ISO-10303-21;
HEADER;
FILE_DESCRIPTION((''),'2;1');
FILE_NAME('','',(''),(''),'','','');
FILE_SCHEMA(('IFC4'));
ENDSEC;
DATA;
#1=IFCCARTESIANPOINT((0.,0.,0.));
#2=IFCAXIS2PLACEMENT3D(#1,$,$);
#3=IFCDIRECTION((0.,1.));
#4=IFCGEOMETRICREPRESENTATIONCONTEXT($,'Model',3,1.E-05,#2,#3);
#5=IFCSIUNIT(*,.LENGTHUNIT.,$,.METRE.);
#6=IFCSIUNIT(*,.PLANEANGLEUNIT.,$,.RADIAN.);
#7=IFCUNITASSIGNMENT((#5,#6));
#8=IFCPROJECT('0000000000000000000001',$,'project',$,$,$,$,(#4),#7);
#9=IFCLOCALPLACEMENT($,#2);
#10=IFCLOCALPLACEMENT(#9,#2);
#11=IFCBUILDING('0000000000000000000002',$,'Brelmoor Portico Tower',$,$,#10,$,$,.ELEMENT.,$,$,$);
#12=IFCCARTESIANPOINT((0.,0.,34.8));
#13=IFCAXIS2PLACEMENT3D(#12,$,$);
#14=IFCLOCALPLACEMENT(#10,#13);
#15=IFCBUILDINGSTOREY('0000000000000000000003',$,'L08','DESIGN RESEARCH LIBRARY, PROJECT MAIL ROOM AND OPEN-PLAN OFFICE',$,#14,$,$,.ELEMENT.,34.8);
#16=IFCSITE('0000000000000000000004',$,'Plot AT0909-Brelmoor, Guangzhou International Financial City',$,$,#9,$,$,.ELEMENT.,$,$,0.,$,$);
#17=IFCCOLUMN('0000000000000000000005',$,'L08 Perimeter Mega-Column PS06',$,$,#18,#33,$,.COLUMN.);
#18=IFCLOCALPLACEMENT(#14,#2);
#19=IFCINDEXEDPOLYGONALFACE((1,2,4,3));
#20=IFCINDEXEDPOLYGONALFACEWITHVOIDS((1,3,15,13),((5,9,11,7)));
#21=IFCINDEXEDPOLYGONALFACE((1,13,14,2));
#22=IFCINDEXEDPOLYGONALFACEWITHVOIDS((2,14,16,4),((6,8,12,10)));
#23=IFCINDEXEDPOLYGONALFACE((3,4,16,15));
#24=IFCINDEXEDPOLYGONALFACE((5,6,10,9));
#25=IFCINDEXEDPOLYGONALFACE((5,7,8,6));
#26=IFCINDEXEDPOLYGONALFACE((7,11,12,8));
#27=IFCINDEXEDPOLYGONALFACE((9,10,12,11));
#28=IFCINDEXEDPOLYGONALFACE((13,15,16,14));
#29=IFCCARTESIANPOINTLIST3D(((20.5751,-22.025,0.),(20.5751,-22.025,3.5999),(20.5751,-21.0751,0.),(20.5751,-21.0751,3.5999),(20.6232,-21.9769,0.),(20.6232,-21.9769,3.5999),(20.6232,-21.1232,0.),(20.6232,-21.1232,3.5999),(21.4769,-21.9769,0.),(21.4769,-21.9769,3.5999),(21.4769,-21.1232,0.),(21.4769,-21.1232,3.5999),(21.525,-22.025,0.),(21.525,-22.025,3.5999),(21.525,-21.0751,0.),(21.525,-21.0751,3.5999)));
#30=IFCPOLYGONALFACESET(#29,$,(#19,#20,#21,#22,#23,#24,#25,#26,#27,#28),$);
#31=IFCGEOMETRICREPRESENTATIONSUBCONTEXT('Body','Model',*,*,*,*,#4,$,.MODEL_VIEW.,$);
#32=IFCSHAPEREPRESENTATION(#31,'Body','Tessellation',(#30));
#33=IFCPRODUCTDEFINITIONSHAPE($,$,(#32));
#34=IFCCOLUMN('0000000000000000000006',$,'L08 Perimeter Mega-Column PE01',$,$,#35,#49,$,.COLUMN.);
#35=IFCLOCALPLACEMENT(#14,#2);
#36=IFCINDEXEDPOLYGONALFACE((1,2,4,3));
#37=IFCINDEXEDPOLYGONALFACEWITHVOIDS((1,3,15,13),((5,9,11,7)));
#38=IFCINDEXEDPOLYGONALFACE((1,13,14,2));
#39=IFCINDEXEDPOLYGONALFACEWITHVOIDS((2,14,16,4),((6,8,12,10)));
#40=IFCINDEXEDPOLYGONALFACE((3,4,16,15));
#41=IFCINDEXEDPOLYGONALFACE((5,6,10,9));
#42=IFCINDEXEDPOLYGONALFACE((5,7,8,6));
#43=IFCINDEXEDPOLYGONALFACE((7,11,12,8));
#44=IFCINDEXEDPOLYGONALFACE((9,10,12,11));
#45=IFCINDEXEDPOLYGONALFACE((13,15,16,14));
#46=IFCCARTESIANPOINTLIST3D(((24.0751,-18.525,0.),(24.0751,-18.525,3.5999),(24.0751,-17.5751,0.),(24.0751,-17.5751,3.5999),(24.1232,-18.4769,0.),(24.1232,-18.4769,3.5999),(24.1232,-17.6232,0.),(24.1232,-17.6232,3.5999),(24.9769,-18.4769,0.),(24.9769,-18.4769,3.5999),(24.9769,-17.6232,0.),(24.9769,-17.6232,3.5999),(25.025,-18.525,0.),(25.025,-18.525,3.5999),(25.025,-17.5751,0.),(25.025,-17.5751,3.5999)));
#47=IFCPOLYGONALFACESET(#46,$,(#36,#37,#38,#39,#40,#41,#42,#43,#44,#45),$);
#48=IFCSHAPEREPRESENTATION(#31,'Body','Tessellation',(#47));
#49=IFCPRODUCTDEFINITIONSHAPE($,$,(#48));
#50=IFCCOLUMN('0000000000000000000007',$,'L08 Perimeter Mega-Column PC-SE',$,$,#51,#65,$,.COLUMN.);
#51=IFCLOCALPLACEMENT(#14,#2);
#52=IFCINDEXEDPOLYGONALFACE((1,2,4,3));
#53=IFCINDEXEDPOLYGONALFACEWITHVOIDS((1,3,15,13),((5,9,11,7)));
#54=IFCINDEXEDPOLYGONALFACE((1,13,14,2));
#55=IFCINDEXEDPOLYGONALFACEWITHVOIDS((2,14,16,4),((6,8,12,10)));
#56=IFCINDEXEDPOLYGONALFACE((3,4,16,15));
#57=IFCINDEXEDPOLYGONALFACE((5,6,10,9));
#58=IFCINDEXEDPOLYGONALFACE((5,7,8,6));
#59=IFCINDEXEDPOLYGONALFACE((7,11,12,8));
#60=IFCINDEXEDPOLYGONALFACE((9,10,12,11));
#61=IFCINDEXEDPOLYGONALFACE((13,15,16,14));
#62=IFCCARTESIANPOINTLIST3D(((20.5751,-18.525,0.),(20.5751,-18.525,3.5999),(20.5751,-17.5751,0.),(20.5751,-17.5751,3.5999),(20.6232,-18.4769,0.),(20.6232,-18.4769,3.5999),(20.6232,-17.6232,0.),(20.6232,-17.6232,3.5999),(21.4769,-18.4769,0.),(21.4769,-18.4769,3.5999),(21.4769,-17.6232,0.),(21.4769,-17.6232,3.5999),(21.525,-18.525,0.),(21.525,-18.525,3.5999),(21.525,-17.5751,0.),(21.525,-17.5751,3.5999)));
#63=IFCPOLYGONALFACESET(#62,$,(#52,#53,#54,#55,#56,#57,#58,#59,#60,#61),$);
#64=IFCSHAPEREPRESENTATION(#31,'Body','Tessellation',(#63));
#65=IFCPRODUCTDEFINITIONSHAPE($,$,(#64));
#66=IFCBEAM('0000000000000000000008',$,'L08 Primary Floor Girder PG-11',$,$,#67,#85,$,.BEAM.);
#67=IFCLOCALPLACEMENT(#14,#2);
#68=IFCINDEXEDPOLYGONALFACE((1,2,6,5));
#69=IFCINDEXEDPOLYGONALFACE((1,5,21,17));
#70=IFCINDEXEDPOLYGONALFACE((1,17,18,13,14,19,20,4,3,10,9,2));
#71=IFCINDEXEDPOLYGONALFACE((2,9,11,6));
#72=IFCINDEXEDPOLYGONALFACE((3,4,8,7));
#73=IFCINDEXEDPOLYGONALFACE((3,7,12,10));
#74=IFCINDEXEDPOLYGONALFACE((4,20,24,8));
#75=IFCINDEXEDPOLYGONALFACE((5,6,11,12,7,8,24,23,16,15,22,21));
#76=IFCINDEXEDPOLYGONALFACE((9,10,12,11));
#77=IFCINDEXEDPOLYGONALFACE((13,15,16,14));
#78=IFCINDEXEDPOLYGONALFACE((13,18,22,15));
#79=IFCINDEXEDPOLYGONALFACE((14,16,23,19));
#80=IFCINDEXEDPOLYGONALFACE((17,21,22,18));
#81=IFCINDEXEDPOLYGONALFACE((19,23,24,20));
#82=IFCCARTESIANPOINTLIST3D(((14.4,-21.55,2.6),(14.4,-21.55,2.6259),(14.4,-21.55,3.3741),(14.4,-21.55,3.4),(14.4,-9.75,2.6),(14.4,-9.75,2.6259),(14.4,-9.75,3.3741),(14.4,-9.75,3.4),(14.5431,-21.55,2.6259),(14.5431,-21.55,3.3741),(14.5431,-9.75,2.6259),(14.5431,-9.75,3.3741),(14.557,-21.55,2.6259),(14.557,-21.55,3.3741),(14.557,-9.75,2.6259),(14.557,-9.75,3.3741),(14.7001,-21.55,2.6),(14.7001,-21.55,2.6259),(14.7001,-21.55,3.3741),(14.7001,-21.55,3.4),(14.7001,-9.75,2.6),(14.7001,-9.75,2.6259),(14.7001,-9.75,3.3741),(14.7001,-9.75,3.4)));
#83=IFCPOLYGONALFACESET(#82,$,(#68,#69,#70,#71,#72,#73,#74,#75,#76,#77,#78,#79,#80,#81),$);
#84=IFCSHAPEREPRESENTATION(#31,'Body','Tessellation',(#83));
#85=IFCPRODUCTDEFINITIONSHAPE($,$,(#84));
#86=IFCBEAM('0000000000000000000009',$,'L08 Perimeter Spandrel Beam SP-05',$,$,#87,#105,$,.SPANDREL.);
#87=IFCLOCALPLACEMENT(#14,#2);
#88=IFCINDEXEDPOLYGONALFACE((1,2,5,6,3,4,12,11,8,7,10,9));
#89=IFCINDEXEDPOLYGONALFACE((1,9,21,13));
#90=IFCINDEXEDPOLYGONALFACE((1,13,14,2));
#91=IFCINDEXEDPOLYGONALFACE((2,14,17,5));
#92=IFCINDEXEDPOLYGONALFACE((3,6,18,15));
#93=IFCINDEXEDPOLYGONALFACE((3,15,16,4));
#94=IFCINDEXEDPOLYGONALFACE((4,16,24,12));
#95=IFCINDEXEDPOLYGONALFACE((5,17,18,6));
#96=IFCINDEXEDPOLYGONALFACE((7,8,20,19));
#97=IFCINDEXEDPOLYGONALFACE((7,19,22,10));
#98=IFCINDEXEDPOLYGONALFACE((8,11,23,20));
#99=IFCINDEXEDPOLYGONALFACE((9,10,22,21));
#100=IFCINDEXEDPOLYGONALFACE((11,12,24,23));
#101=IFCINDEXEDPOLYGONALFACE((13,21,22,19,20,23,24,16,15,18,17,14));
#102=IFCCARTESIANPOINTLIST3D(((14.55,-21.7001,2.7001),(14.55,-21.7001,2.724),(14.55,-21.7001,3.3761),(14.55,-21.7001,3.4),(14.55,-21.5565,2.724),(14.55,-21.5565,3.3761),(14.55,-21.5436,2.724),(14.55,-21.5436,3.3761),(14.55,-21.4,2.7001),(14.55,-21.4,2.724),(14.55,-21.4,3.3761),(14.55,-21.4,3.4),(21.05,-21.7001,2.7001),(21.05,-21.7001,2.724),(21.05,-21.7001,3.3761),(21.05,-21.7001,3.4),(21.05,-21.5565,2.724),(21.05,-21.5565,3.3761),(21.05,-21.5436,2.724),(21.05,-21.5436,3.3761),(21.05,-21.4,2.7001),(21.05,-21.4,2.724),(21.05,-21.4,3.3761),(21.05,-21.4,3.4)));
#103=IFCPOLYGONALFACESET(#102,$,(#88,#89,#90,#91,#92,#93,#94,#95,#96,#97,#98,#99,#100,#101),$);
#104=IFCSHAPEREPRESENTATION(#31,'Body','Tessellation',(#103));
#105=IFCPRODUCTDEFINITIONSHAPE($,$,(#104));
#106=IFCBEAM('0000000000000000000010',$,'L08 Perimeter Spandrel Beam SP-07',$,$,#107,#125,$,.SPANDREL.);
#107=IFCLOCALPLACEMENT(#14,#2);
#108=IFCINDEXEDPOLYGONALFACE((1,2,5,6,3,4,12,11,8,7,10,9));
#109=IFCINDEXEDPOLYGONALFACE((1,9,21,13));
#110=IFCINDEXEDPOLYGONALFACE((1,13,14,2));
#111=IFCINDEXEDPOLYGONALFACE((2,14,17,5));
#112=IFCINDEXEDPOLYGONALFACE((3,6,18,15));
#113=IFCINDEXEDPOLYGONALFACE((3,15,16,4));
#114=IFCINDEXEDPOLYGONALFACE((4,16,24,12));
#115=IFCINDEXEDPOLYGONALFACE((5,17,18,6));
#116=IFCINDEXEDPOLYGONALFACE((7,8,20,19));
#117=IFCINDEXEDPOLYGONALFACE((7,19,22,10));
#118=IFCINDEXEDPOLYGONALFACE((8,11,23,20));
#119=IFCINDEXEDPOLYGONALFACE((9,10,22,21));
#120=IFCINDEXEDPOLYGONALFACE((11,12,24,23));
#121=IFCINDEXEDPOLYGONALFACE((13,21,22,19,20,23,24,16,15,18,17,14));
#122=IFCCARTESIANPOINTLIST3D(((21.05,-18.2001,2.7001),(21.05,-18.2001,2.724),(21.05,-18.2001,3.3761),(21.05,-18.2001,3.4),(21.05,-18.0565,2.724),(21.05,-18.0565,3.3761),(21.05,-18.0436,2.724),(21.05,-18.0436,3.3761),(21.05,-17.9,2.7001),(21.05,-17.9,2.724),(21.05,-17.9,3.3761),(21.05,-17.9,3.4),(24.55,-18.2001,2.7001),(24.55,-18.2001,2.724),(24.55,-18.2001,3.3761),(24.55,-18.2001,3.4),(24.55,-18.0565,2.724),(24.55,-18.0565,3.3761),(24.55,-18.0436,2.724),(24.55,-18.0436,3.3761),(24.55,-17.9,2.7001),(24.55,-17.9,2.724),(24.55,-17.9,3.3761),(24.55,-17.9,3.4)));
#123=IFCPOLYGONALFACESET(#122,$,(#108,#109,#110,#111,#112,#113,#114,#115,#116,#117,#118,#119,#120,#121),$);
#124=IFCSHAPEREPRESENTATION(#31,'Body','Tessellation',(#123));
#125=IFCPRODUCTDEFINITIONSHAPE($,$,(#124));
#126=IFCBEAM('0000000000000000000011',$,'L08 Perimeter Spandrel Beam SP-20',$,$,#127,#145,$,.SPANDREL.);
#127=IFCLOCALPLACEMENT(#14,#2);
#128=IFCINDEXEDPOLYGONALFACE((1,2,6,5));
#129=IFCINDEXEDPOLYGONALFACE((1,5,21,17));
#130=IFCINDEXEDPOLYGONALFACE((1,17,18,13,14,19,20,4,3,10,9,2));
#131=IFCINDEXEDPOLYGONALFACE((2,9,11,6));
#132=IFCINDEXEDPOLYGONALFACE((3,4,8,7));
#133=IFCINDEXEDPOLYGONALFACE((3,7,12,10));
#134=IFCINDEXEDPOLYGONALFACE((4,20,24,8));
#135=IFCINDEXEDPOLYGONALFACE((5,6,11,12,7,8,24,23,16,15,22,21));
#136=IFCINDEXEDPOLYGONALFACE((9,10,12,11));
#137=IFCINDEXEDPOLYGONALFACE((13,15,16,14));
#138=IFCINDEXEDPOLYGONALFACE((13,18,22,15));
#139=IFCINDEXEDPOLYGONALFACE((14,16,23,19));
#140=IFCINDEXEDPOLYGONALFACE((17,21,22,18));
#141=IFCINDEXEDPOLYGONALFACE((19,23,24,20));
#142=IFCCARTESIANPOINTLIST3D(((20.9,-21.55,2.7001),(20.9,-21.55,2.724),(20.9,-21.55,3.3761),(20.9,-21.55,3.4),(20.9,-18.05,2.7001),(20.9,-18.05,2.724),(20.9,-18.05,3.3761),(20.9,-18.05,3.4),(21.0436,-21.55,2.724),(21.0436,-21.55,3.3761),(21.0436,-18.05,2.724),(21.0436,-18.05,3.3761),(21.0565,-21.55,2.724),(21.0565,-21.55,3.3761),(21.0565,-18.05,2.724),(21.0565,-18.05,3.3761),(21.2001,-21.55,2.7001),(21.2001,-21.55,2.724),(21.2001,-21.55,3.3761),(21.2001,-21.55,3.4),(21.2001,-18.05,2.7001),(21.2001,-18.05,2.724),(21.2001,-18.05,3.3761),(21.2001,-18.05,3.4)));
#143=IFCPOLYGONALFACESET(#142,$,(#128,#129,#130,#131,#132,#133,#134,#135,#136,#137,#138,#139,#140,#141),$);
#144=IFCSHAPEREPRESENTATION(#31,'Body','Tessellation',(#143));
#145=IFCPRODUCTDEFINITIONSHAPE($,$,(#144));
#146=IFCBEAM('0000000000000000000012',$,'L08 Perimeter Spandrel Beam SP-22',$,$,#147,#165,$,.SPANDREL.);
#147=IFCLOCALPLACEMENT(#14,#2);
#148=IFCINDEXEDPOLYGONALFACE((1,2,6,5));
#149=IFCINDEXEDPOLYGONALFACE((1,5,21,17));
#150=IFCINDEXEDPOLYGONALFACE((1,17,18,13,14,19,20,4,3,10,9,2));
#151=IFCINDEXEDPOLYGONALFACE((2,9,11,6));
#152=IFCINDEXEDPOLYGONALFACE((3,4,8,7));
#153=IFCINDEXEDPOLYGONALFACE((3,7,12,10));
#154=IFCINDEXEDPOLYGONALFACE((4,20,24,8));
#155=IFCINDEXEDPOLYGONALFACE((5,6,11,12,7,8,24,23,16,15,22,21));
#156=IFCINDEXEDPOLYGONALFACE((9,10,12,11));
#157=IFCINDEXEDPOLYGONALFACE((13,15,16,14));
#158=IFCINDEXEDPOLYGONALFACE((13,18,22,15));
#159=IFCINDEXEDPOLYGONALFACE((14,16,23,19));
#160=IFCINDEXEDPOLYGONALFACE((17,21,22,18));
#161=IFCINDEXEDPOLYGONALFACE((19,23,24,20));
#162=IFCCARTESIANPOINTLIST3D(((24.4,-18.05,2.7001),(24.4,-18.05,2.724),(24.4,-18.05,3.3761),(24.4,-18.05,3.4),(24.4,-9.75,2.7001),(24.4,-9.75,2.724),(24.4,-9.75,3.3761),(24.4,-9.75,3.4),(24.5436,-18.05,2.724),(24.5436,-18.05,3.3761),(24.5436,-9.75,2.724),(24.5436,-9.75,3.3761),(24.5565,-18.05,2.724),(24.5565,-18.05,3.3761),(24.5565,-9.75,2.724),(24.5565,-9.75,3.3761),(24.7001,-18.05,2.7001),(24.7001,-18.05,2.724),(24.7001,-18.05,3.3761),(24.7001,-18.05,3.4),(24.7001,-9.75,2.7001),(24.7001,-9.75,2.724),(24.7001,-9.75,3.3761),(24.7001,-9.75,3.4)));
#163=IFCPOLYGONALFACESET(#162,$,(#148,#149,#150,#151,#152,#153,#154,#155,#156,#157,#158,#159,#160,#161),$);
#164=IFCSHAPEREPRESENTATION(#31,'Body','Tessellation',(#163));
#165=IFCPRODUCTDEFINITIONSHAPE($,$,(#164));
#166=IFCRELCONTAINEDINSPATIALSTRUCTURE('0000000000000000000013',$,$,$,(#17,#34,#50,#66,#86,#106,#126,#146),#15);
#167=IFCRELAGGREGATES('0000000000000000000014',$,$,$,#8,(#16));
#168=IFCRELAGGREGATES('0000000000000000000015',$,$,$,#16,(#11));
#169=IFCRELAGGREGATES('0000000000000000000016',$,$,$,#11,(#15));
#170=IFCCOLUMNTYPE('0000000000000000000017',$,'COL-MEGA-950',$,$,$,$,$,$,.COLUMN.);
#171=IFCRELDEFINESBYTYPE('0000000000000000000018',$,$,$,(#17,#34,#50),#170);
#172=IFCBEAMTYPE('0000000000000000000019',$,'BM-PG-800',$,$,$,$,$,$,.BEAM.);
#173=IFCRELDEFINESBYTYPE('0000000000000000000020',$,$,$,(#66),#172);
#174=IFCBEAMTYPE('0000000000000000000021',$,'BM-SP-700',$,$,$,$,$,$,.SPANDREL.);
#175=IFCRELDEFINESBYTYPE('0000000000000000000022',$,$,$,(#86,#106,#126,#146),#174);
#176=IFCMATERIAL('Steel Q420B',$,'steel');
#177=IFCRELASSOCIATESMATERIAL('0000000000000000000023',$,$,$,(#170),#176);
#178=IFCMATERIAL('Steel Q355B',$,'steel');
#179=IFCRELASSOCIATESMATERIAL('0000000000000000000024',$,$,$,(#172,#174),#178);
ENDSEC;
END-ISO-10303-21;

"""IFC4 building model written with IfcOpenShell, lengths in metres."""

from ifc_helpers import new_model, si_unit, direction, frame, origin, origin_2d, place, context, subcontext, project, spatial, hollow_rectangle, i_section, extrude, material, material_profile, profile_set, type_object, element, save


model = new_model("IFC4")

# Units and contexts
model_context = context("Model", 3, precision=1e-05, world=origin(), true_north=direction((0.0, 1.0)))
body_context = subcontext(model_context, "Body", "Model", "MODEL_VIEW")
ifc_project = project(units=[si_unit("LENGTHUNIT", "METRE"), si_unit("PLANEANGLEUNIT", "RADIAN")], contexts=[model_context])

# Site, building, storey
site_placement = place(None, origin())
site = spatial("IfcSite", under=ifc_project, at=site_placement, Name="Plot AT0909-Brelmoor, Guangzhou International Financial City", CompositionType="ELEMENT", RefElevation=0.0)
building_placement = place(site_placement, origin())
building = spatial("IfcBuilding", under=site, at=building_placement, Name="Brelmoor Portico Tower", CompositionType="ELEMENT")
storey_placement = place(building_placement, frame((0.0, 0.0, 34.8)))
storey = spatial("IfcBuildingStorey", under=building, at=storey_placement, Name="L08", Description="DESIGN RESEARCH LIBRARY, PROJECT MAIL ROOM AND OPEN-PLAN OFFICE", CompositionType="ELEMENT", Elevation=34.8)

# Columns
ifc_material_1 = material(Name="Steel Q420B", Category="steel")
ifc_material_profile_1 = material_profile(ifc_material_1, hollow_rectangle(XDim=0.95, YDim=0.95, WallThickness=0.0481, at=origin_2d()), Name="BOX 950x950x48")
ifc_profile_set_1 = profile_set([ifc_material_profile_1], Name="Steel Q420B")
column_type = type_object("IfcColumnType", Name="COL-MEGA-950", PredefinedType="COLUMN", material=ifc_profile_set_1)
for number, where, z_axis, x_axis, name in (
    (1, (21.05, -21.55, 0.0), (0.0, 0.0, 1.0), (1.0, 0.0, 0.0), "L08 Perimeter Mega-Column PS06"),
    (2, (24.55, -18.05, 0.0), (0.0, 0.0, 1.0), (0.0, 1.0, 0.0), "L08 Perimeter Mega-Column PE01"),
    (3, (21.05, -18.05, 0.0), (0.0, 0.0, 1.0), (1.0, 0.0, 0.0), "L08 Perimeter Mega-Column PC-SE"),
):
    element("IfcColumn", number, at=place(storey_placement, frame(where, z_axis=z_axis, x_axis=x_axis)), inside=storey, type_object=column_type, Name=name, PredefinedType="COLUMN", context=body_context, shape_type="SweptSolid", body=[
        extrude(hollow_rectangle(XDim=0.95, YDim=0.95, WallThickness=0.0481, at=origin_2d()), origin(), (0.0, 0.0, 1.0), 3.5999),
    ])

# Beams
ifc_material_2 = material(Name="Steel Q355B", Category="steel")
ifc_material_profile_2 = material_profile(ifc_material_2, i_section(OverallWidth=0.3, OverallDepth=0.8, WebThickness=0.0139, FlangeThickness=0.0259, at=origin_2d()), Name="HN 800x300x14x26")
ifc_profile_set_2 = profile_set([ifc_material_profile_2], Name="Steel Q355B")
beam_type_1 = type_object("IfcBeamType", Name="BM-PG-800", PredefinedType="BEAM", material=ifc_profile_set_2)
beam_1_placement = place(storey_placement, frame((14.55, -21.55, 3.0), z_axis=(0.0, 1.0, 0.0), x_axis=(-1.0, 0.0, 0.0)))
element("IfcBeam", 4, at=beam_1_placement, inside=storey, type_object=beam_type_1, Name="L08 Primary Floor Girder PG-11", PredefinedType="BEAM", context=body_context, shape_type="SweptSolid", body=[
    extrude(i_section(OverallWidth=0.3, OverallDepth=0.8, WebThickness=0.0139, FlangeThickness=0.0259, at=origin_2d()), origin(), (0.0, 0.0, 1.0), 11.8),
])
ifc_material_profile_3 = material_profile(ifc_material_2, i_section(OverallWidth=0.3, OverallDepth=0.7, WebThickness=0.0129, FlangeThickness=0.0239, at=origin_2d()), Name="HN 700x300x13x24")
ifc_profile_set_3 = profile_set([ifc_material_profile_3], Name="Steel Q355B")
beam_type_2 = type_object("IfcBeamType", Name="BM-SP-700", PredefinedType="SPANDREL", material=ifc_profile_set_3)
beam_2_placement = place(storey_placement, frame((14.55, -21.55, 3.05), z_axis=(1.0, 0.0, 0.0), x_axis=(0.0, 1.0, 0.0)))
element("IfcBeam", 5, at=beam_2_placement, inside=storey, type_object=beam_type_2, Name="L08 Perimeter Spandrel Beam SP-05", PredefinedType="SPANDREL", context=body_context, shape_type="SweptSolid", body=[
    extrude(i_section(OverallWidth=0.3, OverallDepth=0.7, WebThickness=0.0129, FlangeThickness=0.0239, at=origin_2d()), origin(), (0.0, 0.0, 1.0), 6.5),
])
for number, where, z_axis, x_axis, name in (
    (6, (21.05, -18.05, 3.05), (1.0, 0.0, 0.0), (0.0, 1.0, 0.0), "L08 Perimeter Spandrel Beam SP-07"),
    (7, (21.05, -21.55, 3.05), (0.0, 1.0, 0.0), (-1.0, 0.0, 0.0), "L08 Perimeter Spandrel Beam SP-20"),
):
    element("IfcBeam", number, at=place(storey_placement, frame(where, z_axis=z_axis, x_axis=x_axis)), inside=storey, type_object=beam_type_2, Name=name, PredefinedType="SPANDREL", context=body_context, shape_type="SweptSolid", body=[
        extrude(i_section(OverallWidth=0.3, OverallDepth=0.7, WebThickness=0.0129, FlangeThickness=0.0239, at=origin_2d()), origin(), (0.0, 0.0, 1.0), 3.5),
    ])
beam_3_placement = place(storey_placement, frame((24.55, -18.05, 3.05), z_axis=(0.0, 1.0, 0.0), x_axis=(-1.0, 0.0, 0.0)))
element("IfcBeam", 8, at=beam_3_placement, inside=storey, type_object=beam_type_2, Name="L08 Perimeter Spandrel Beam SP-22", PredefinedType="SPANDREL", context=body_context, shape_type="SweptSolid", body=[
    extrude(i_section(OverallWidth=0.3, OverallDepth=0.7, WebThickness=0.0129, FlangeThickness=0.0239, at=origin_2d()), origin(), (0.0, 0.0, 1.0), 8.3),
])

save(model, "model.ifc")
